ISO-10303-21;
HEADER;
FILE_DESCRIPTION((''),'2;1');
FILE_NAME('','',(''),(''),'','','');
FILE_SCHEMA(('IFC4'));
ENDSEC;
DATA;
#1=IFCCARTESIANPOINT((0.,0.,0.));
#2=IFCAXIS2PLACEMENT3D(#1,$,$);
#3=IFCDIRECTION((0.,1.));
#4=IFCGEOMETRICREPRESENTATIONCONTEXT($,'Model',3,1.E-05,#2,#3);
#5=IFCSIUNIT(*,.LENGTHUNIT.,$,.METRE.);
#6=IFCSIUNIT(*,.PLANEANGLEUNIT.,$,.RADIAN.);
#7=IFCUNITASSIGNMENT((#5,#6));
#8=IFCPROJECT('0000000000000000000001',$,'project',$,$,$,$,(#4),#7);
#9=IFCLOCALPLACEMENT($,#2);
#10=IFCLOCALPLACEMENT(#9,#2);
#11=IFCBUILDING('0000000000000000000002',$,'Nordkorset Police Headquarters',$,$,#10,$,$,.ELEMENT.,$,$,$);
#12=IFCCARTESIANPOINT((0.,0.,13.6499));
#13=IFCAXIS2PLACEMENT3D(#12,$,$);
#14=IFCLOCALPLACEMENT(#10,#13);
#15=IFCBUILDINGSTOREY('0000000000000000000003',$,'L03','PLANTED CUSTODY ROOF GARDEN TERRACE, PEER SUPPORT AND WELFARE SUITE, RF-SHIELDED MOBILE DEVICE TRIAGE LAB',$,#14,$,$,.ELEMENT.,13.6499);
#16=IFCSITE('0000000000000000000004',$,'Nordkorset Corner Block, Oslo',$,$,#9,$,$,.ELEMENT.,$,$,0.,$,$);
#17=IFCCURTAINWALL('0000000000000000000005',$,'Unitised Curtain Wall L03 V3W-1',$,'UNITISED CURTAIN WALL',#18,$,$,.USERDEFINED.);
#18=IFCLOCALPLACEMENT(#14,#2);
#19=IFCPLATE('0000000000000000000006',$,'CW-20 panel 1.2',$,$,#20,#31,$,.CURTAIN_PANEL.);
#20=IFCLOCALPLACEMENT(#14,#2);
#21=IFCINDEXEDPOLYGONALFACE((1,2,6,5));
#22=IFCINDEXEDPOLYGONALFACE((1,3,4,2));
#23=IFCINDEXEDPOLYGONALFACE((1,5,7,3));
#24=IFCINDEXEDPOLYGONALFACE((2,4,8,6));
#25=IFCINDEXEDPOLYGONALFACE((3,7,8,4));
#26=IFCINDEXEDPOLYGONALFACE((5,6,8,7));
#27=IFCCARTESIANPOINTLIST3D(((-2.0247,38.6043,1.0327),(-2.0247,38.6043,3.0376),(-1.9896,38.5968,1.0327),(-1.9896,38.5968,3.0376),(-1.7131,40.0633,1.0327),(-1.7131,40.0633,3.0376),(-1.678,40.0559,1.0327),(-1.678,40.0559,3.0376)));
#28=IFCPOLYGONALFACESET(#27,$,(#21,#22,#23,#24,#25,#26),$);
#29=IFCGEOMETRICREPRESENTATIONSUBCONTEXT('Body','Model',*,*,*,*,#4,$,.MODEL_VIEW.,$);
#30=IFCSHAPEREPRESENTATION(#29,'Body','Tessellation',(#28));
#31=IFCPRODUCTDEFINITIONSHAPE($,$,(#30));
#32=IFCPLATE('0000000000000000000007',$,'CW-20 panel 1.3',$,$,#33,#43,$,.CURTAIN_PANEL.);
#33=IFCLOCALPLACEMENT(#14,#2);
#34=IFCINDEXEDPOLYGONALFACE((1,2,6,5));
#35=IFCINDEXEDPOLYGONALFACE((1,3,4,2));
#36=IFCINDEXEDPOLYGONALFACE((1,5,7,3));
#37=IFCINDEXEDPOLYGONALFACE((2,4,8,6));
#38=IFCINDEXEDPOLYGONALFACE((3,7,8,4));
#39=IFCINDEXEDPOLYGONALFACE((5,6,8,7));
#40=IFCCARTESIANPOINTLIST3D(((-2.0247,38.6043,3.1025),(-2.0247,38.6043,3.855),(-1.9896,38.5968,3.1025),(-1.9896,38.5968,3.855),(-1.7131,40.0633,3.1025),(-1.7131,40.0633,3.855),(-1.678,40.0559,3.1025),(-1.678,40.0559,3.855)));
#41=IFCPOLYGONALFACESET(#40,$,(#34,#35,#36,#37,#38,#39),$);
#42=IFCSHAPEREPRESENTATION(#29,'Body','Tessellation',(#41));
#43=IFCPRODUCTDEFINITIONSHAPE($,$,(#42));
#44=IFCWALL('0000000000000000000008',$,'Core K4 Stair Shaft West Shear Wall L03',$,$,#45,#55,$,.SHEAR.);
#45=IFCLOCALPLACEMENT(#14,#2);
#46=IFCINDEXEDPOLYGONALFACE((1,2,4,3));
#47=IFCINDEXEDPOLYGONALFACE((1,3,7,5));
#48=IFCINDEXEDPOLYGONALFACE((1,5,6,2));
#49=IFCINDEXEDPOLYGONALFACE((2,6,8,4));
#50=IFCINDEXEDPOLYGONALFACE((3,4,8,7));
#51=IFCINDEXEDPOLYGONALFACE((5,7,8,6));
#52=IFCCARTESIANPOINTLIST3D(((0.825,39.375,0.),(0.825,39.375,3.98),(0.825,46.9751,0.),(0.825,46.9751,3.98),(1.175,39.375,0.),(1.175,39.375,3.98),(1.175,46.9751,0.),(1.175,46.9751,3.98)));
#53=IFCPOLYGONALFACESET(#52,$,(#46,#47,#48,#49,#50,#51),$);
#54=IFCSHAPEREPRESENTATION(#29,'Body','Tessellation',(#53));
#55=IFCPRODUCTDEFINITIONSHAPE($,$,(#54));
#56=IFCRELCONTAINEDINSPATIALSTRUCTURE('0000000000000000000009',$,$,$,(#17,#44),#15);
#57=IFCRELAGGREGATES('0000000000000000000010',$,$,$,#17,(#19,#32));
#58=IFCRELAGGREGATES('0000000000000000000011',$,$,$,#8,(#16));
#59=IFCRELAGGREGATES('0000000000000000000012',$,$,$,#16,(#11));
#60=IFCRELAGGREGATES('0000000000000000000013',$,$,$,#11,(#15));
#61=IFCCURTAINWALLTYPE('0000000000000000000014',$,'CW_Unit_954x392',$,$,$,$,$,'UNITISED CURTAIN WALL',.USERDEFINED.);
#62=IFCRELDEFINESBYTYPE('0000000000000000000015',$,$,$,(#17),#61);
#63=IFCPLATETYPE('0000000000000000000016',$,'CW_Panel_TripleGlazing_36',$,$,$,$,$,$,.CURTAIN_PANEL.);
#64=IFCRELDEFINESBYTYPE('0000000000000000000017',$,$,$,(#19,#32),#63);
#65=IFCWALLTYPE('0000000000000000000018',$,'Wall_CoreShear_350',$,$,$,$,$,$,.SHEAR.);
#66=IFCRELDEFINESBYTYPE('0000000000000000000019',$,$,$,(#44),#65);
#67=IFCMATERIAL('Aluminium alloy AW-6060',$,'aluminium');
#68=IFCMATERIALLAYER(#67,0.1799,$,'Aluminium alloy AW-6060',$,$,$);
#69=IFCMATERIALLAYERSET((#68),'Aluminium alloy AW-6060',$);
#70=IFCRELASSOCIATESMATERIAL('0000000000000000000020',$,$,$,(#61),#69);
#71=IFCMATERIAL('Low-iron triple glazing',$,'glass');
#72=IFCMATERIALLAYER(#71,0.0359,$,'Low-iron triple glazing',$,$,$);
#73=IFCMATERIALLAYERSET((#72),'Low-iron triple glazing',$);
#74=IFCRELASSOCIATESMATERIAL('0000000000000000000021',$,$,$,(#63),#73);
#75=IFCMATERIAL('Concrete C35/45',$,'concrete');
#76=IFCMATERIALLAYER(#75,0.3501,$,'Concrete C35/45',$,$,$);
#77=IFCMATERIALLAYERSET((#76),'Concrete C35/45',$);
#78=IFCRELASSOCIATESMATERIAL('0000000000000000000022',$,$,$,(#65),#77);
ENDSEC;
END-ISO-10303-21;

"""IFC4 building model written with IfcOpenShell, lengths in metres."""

from ifc_helpers import new_model, si_unit, direction, frame, frame_2d, origin, origin_2d, place, context, subcontext, project, spatial, rectangle, extrude, material, layer, layer_set, type_object, element, aggregate, save


model = new_model("IFC4")

# Units and contexts
model_context = context("Model", 3, precision=1e-05, world=origin(), true_north=direction((0.0, 1.0)))
body_context = subcontext(model_context, "Body", "Model", "MODEL_VIEW")
ifc_project = project(units=[si_unit("LENGTHUNIT", "METRE"), si_unit("PLANEANGLEUNIT", "RADIAN")], contexts=[model_context])

# Site, building, storey
site_placement = place(None, origin())
site = spatial("IfcSite", under=ifc_project, at=site_placement, Name="Nordkorset Corner Block, Oslo", CompositionType="ELEMENT", RefElevation=0.0)
building_placement = place(site_placement, origin())
building = spatial("IfcBuilding", under=site, at=building_placement, Name="Nordkorset Police Headquarters", CompositionType="ELEMENT")
storey_placement = place(building_placement, frame((0.0, 0.0, 13.6499)))
storey = spatial("IfcBuildingStorey", under=building, at=storey_placement, Name="L03", Description="PLANTED CUSTODY ROOF GARDEN TERRACE, PEER SUPPORT AND WELFARE SUITE, RF-SHIELDED MOBILE DEVICE TRIAGE LAB", CompositionType="ELEMENT", Elevation=13.6499)

# Curtain wall
ifc_material_1 = material(Name="Aluminium alloy AW-6060", Category="aluminium")
ifc_layer_1 = layer(ifc_material_1, 0.1799, Name="Aluminium alloy AW-6060")
ifc_layer_set_1 = layer_set([ifc_layer_1], Name="Aluminium alloy AW-6060")
curtain_wall_type_1 = type_object("IfcCurtainWallType", Name="CW_Unit_954x392", ElementType="UNITISED CURTAIN WALL", PredefinedType="USERDEFINED", material=ifc_layer_set_1)
curtain_wall_1_placement = place(storey_placement, origin())
curtain_wall_1 = element("IfcCurtainWall", 1, at=curtain_wall_1_placement, inside=storey, type_object=curtain_wall_type_1, Name="Unitised Curtain Wall L03 V3W-1", ObjectType="UNITISED CURTAIN WALL", PredefinedType="USERDEFINED")

# Plates
ifc_material_2 = material(Name="Low-iron triple glazing", Category="glass")
ifc_layer_2 = layer(ifc_material_2, 0.0359, Name="Low-iron triple glazing")
ifc_layer_set_2 = layer_set([ifc_layer_2], Name="Low-iron triple glazing")
plate_type = type_object("IfcPlateType", Name="CW_Panel_TripleGlazing_36", PredefinedType="CURTAIN_PANEL", material=ifc_layer_set_2)
plate_1_placement = place(storey_placement, frame((-1.8513, 39.3301, 1.0327), z_axis=(0.0, 0.0, 1.0), x_axis=(0.208833, 0.977951, 0.0)))
plate_1 = element("IfcPlate", 2, at=plate_1_placement, type_object=plate_type, Name="CW-20 panel 1.2", PredefinedType="CURTAIN_PANEL", context=body_context, shape_type="SweptSolid", body=[
    extrude(rectangle(XDim=1.4919, YDim=0.0359, at=origin_2d()), origin(), (0.0, 0.0, 1.0), 2.0049),
])
plate_2_placement = place(storey_placement, frame((-1.8513, 39.3301, 3.1025), z_axis=(0.0, 0.0, 1.0), x_axis=(0.208833, 0.977951, 0.0)))
plate_2 = element("IfcPlate", 3, at=plate_2_placement, type_object=plate_type, Name="CW-20 panel 1.3", PredefinedType="CURTAIN_PANEL", context=body_context, shape_type="SweptSolid", body=[
    extrude(rectangle(XDim=1.4919, YDim=0.0359, at=origin_2d()), origin(), (0.0, 0.0, 1.0), 0.7524),
])
aggregate(curtain_wall_1, [plate_1, plate_2])

# Shared definitions
ifc_material_3 = material(Name="Concrete C35/45", Category="concrete")
ifc_layer_3 = layer(ifc_material_3, 0.3501, Name="Concrete C35/45")
ifc_layer_set_3 = layer_set([ifc_layer_3], Name="Concrete C35/45")
wall_type = type_object("IfcWallType", Name="Wall_CoreShear_350", PredefinedType="SHEAR", material=ifc_layer_set_3)

# Wall
wall_1_placement = place(storey_placement, frame((1.0, 39.375, 0.0), z_axis=(0.0, 0.0, 1.0), x_axis=(0.0, 1.0, 0.0)))
element("IfcWall", 4, at=wall_1_placement, inside=storey, type_object=wall_type, Name="Core K4 Stair Shaft West Shear Wall L03", PredefinedType="SHEAR", context=body_context, shape_type="SweptSolid", body=[
    extrude(rectangle(XDim=7.6001, YDim=0.3501, at=frame_2d((3.8, 0.0))), origin(), (0.0, 0.0, 1.0), 3.98),
])

save(model, "model.ifc")
